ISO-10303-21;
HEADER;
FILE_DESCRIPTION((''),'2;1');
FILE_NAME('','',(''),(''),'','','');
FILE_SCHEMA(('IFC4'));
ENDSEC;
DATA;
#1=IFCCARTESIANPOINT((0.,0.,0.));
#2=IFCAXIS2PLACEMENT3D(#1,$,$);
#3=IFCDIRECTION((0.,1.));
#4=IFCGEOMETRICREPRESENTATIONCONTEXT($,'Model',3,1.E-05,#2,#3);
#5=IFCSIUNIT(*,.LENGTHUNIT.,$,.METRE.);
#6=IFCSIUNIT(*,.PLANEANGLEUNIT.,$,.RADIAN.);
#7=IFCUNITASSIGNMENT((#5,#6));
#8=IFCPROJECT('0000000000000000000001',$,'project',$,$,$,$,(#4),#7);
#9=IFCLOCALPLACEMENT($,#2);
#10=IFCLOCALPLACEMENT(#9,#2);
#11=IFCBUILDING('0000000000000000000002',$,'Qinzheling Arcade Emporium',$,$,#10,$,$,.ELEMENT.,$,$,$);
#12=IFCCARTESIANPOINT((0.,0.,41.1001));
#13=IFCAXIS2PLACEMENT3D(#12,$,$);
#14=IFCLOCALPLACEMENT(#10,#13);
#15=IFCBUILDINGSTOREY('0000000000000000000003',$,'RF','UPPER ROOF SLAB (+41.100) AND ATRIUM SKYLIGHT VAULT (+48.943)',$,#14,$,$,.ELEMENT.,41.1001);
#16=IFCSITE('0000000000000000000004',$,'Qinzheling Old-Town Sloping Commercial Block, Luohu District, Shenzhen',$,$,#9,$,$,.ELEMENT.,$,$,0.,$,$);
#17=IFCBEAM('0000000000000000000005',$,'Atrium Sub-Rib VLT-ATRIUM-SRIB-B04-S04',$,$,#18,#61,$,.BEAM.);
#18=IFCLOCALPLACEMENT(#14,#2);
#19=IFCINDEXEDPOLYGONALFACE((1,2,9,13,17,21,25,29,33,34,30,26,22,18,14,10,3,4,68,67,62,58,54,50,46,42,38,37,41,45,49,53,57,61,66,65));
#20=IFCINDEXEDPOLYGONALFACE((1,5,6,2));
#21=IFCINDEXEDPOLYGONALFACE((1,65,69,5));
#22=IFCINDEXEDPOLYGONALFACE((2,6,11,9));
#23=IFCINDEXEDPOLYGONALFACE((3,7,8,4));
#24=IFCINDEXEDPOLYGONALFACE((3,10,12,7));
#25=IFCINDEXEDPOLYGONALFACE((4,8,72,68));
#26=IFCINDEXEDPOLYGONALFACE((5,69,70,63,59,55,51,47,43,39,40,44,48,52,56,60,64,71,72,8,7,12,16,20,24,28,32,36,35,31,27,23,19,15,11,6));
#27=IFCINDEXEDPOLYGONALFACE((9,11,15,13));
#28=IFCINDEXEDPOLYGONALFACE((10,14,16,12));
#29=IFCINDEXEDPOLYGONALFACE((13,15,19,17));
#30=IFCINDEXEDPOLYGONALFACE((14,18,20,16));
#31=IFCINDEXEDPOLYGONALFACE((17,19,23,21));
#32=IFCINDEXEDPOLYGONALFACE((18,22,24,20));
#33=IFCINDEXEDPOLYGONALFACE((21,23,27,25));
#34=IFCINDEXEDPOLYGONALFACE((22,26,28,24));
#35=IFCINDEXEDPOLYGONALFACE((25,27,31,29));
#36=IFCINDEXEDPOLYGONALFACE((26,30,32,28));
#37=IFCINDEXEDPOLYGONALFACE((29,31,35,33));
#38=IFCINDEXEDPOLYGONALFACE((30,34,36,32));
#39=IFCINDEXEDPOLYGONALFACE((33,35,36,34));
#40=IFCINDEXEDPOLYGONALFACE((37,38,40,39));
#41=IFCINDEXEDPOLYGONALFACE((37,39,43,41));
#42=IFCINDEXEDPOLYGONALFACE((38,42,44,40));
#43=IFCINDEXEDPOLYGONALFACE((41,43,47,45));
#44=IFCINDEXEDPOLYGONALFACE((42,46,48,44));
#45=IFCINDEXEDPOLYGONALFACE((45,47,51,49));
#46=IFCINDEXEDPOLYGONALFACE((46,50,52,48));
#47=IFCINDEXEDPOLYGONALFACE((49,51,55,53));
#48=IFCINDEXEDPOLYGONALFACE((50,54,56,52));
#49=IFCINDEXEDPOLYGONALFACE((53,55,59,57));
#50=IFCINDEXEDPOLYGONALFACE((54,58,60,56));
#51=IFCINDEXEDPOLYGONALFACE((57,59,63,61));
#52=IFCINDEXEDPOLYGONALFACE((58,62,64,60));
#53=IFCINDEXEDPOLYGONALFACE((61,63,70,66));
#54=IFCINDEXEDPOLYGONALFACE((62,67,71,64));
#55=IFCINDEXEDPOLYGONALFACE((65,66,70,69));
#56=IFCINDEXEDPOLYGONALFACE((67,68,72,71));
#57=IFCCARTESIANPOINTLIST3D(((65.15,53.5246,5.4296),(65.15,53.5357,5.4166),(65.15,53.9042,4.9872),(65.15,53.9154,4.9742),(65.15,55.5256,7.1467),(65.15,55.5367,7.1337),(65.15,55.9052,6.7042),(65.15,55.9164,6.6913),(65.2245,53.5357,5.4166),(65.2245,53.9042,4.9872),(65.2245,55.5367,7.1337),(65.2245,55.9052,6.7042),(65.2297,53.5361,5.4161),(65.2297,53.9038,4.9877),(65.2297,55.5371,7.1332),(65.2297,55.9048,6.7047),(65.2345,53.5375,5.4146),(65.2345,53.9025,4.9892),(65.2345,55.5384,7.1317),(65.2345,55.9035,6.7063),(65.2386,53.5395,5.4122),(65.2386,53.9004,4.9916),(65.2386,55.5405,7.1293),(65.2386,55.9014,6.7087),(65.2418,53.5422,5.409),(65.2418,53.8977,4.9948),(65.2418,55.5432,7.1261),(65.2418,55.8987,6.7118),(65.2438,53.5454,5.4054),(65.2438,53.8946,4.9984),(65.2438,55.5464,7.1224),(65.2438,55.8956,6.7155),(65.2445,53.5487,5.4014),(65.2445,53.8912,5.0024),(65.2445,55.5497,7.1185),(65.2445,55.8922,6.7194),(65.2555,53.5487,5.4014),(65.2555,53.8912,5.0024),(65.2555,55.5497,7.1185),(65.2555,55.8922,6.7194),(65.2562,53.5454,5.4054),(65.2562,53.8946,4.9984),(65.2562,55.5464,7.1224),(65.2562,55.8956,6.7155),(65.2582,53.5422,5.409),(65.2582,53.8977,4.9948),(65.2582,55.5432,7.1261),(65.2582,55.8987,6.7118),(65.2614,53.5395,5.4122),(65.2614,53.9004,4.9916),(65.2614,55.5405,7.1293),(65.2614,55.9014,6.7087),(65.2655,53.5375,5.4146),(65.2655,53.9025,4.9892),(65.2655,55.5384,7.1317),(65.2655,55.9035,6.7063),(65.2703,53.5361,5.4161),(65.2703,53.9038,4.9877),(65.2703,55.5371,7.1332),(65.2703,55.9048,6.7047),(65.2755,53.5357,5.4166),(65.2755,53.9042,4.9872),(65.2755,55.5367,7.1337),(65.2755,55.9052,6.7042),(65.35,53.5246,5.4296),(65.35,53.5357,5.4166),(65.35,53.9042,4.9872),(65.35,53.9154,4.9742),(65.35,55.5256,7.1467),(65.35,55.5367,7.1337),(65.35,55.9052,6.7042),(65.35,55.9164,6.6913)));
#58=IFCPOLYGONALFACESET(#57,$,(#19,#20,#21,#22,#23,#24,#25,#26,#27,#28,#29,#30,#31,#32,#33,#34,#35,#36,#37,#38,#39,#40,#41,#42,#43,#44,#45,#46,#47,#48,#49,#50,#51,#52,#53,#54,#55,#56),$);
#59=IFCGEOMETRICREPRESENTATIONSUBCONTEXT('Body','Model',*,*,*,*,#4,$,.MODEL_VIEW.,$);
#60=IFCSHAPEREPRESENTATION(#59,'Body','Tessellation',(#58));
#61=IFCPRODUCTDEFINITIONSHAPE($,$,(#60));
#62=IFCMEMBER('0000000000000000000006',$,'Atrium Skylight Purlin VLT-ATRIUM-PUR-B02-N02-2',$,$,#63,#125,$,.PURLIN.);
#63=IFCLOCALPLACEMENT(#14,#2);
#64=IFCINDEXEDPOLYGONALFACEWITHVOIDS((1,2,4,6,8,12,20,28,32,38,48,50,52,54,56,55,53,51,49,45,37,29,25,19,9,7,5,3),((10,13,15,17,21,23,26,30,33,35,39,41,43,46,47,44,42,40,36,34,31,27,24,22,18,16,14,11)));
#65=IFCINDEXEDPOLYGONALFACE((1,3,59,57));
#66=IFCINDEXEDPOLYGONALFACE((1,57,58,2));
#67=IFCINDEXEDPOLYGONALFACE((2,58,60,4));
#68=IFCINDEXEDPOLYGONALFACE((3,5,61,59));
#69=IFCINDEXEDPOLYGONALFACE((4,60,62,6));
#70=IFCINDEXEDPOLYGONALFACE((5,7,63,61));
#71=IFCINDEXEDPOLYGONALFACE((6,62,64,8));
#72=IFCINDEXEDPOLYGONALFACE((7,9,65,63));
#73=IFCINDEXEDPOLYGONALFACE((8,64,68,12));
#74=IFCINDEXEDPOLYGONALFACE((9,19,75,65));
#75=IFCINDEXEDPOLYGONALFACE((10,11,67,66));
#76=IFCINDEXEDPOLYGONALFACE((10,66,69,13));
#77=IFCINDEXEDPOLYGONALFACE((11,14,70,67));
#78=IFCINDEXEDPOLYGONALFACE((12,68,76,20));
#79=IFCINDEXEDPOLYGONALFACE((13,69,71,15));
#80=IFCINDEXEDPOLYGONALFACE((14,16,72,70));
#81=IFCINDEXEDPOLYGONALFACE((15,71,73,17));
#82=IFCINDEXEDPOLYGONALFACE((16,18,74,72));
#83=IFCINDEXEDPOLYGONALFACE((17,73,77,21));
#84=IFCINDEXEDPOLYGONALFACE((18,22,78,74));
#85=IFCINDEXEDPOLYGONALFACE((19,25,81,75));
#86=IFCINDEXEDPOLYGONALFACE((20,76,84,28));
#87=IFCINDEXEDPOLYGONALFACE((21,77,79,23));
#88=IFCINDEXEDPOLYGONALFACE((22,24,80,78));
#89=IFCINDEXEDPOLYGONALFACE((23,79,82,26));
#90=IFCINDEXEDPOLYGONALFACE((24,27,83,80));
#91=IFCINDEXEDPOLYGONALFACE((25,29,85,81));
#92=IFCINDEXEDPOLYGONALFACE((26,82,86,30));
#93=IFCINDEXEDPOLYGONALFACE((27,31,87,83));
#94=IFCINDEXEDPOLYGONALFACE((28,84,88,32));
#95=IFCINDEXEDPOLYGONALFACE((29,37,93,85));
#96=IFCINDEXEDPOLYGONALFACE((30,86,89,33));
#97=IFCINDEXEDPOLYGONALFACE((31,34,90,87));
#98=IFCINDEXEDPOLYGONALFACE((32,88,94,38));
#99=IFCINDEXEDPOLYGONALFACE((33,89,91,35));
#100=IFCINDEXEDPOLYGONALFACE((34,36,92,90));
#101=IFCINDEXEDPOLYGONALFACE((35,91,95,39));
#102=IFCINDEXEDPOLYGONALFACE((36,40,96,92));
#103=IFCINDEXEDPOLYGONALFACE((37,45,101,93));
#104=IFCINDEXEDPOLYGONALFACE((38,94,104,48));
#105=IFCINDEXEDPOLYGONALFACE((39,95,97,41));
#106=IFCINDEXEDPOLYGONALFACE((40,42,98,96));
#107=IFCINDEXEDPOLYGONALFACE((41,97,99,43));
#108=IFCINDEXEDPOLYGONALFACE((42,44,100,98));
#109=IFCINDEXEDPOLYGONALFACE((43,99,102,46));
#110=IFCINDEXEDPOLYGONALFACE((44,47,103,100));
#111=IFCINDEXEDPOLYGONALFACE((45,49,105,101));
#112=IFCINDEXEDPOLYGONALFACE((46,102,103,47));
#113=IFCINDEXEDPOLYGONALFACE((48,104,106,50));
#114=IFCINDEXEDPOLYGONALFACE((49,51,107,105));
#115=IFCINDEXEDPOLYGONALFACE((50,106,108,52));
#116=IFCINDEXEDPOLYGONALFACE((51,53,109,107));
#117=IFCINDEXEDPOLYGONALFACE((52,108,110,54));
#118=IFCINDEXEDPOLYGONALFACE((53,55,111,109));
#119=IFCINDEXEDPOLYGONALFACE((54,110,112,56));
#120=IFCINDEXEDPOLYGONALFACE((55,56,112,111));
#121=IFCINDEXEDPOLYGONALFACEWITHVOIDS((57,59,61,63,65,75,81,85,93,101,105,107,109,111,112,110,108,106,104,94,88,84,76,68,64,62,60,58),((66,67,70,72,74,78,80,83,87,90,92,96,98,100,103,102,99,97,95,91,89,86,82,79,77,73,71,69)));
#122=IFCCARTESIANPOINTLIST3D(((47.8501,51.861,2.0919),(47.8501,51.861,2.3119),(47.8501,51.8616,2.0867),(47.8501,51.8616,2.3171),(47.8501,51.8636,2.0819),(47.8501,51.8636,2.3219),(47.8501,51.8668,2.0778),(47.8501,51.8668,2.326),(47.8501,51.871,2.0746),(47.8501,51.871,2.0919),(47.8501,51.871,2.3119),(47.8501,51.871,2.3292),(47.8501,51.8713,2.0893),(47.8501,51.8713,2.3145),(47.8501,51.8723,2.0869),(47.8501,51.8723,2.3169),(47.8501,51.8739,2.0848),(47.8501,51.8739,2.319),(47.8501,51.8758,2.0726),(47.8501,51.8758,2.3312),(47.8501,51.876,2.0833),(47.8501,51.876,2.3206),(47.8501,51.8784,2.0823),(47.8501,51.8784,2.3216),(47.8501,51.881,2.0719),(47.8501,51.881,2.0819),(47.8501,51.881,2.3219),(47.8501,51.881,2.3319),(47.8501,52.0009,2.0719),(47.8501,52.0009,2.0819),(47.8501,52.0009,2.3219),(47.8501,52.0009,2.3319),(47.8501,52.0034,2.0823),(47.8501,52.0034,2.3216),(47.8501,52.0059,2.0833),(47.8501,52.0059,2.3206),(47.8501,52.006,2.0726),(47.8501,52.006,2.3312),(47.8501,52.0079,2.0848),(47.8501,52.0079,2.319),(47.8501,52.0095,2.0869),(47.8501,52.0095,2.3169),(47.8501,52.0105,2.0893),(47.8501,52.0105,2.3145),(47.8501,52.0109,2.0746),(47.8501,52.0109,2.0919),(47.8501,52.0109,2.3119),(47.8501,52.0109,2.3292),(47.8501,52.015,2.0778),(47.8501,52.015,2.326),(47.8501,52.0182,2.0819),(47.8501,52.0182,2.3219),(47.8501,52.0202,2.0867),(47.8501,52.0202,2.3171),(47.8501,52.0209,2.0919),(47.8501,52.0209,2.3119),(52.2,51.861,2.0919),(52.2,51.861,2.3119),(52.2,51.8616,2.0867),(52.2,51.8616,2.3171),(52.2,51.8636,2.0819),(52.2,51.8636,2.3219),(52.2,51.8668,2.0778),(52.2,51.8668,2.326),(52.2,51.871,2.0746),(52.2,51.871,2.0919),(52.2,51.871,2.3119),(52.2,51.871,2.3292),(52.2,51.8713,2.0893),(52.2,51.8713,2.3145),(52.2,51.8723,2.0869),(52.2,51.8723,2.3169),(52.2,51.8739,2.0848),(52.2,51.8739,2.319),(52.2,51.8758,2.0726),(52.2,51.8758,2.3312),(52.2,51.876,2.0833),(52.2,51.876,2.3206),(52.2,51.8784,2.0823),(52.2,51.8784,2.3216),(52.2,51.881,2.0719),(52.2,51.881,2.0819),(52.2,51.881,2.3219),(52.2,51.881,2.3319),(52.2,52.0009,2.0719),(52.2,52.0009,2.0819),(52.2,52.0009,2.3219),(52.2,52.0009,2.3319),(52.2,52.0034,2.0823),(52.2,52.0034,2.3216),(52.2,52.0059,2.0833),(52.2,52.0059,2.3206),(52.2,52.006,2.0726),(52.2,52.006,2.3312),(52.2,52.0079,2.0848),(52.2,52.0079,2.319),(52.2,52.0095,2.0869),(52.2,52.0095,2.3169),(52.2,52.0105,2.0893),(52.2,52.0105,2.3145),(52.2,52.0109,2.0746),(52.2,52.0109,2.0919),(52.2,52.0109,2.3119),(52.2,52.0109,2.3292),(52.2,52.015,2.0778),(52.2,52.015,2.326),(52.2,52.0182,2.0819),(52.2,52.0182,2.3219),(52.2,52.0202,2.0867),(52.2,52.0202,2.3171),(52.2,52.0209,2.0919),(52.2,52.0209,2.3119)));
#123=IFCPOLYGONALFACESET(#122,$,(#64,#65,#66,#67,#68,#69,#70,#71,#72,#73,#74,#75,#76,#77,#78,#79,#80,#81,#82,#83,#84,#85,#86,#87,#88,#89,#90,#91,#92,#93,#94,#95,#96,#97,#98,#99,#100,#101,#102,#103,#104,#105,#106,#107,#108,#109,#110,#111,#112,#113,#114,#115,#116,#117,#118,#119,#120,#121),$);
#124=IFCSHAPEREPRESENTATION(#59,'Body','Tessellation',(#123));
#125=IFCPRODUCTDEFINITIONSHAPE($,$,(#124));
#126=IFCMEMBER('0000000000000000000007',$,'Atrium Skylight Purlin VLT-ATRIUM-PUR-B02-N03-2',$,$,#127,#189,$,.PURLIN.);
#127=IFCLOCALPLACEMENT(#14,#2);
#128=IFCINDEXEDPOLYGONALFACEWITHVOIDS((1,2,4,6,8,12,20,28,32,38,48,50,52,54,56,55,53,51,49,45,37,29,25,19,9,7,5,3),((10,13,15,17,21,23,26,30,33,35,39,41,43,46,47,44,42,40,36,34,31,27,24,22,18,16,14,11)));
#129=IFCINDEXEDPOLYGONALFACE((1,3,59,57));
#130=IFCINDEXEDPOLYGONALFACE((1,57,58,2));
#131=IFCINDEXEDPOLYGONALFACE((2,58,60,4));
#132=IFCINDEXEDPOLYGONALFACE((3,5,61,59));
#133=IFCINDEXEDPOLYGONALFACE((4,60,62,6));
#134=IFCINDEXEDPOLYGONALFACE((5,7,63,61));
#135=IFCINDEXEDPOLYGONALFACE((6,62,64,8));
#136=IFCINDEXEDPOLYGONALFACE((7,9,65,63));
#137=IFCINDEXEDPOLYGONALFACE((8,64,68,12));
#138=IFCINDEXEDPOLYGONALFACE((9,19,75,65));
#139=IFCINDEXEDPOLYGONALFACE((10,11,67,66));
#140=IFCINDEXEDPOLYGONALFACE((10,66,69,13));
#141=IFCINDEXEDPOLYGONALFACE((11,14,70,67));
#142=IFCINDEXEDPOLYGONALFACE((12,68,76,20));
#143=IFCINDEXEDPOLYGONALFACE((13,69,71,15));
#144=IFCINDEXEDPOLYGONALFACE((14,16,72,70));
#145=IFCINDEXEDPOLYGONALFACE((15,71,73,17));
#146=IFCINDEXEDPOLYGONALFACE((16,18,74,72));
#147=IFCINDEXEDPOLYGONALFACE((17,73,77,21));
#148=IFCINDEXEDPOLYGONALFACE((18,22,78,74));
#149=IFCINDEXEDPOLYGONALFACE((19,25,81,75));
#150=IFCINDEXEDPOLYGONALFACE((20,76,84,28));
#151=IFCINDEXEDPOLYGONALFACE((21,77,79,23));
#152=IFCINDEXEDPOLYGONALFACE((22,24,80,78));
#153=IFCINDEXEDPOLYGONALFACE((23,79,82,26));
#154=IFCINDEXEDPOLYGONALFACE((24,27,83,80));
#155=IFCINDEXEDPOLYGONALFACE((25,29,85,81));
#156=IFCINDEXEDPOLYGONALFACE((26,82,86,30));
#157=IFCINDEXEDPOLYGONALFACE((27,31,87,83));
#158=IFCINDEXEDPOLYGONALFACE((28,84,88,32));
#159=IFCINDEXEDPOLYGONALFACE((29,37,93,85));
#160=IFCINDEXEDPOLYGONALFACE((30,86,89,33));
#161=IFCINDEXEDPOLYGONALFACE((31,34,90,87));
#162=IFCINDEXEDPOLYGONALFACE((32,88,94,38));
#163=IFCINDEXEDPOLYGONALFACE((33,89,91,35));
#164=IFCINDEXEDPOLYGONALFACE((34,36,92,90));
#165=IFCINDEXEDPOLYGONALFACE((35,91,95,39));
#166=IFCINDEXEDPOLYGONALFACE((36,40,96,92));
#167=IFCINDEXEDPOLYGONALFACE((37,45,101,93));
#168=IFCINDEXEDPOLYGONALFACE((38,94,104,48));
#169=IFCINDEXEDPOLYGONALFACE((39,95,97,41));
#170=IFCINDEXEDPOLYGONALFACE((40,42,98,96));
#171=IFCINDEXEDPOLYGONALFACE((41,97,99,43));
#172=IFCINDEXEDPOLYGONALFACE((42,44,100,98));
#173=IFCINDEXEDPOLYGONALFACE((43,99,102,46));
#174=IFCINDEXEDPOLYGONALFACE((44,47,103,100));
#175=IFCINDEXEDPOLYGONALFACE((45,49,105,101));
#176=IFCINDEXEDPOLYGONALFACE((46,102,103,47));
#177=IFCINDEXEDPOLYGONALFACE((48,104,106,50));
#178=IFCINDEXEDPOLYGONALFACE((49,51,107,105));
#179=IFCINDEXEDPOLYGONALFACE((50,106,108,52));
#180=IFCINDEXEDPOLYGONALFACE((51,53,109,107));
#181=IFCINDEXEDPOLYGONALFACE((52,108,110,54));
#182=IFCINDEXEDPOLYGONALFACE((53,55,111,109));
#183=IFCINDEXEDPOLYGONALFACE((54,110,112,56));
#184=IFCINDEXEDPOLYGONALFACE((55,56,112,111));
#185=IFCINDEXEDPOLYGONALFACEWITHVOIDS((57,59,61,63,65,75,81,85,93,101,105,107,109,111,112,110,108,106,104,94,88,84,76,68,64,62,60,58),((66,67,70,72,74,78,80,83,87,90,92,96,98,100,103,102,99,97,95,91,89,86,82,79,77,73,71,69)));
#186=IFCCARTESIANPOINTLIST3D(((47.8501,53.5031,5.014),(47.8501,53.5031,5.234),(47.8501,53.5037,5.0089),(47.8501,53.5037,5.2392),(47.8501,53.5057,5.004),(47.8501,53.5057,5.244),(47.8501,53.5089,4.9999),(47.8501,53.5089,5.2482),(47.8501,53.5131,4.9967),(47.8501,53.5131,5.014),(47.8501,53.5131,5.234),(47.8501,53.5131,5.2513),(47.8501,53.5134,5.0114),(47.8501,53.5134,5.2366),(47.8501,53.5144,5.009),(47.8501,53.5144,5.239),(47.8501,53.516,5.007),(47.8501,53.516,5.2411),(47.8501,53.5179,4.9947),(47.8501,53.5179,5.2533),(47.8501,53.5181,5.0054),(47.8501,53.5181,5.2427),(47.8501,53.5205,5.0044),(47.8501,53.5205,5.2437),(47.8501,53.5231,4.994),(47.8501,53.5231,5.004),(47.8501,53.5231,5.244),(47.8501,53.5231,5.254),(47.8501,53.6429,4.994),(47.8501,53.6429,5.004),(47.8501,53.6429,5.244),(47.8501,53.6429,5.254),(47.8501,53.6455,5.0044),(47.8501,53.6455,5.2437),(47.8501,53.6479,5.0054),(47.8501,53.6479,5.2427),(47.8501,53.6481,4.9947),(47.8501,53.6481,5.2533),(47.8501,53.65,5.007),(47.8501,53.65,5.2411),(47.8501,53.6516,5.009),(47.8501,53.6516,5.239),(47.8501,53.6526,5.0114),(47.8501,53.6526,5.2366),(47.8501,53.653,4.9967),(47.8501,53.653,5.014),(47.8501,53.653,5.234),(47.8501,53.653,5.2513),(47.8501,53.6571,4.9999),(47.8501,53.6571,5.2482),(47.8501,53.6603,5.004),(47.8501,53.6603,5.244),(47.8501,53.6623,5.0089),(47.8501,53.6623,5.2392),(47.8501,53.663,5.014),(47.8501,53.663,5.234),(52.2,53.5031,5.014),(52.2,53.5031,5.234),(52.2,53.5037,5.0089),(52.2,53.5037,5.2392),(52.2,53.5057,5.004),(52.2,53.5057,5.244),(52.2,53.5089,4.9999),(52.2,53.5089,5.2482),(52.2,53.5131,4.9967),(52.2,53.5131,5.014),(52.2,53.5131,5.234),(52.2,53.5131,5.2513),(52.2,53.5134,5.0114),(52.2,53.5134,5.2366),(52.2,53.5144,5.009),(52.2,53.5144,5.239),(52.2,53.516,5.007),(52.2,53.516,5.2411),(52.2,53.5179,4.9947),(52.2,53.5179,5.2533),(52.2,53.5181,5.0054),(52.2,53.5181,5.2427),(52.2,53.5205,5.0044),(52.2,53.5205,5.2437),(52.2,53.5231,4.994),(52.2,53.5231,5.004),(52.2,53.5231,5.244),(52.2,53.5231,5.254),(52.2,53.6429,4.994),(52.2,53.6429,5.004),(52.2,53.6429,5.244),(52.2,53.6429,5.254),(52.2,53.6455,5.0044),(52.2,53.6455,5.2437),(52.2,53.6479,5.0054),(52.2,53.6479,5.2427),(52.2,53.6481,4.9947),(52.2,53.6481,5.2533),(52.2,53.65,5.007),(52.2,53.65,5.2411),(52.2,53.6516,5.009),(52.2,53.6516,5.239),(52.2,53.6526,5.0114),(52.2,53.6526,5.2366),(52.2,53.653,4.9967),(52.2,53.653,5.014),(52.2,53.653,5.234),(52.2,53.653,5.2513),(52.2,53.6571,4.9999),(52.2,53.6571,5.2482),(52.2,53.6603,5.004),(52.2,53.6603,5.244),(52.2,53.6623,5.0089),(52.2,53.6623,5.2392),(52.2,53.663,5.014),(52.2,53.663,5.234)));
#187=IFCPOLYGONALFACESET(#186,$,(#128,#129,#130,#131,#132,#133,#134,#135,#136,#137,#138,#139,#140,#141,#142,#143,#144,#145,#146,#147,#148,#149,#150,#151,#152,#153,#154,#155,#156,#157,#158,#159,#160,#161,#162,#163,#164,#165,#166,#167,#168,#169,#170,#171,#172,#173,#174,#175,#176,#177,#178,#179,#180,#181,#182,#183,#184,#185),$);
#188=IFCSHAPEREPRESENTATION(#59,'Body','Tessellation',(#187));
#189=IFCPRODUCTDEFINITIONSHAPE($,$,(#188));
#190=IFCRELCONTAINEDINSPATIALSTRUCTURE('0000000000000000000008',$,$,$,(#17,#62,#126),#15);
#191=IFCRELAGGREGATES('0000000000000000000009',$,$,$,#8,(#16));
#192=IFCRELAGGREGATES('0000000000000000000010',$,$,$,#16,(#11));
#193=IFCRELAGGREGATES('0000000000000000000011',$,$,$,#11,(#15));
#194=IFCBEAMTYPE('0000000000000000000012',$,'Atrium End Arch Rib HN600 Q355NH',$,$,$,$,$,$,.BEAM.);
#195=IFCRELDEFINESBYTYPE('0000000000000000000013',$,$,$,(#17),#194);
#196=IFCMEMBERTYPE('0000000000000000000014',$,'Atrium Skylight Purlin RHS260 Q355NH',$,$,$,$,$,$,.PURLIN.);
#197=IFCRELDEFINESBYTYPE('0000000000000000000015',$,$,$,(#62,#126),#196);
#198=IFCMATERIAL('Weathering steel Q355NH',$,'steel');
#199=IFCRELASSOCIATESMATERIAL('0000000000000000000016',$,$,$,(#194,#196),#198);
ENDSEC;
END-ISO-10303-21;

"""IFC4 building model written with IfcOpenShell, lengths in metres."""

from ifc_helpers import new_model, si_unit, direction, frame, origin, origin_2d, place, context, subcontext, project, spatial, hollow_rectangle, i_section, extrude, material, material_profile, profile_set, type_object, element, save


model = new_model("IFC4")

# Units and contexts
model_context = context("Model", 3, precision=1e-05, world=origin(), true_north=direction((0.0, 1.0)))
body_context = subcontext(model_context, "Body", "Model", "MODEL_VIEW")
ifc_project = project(units=[si_unit("LENGTHUNIT", "METRE"), si_unit("PLANEANGLEUNIT", "RADIAN")], contexts=[model_context])

# Site, building, storey
site_placement = place(None, origin())
site = spatial("IfcSite", under=ifc_project, at=site_placement, Name="Qinzheling Old-Town Sloping Commercial Block, Luohu District, Shenzhen", CompositionType="ELEMENT", RefElevation=0.0)
building_placement = place(site_placement, origin())
building = spatial("IfcBuilding", under=site, at=building_placement, Name="Qinzheling Arcade Emporium", CompositionType="ELEMENT")
storey_placement = place(building_placement, frame((0.0, 0.0, 41.1001)))
storey = spatial("IfcBuildingStorey", under=building, at=storey_placement, Name="RF", Description="UPPER ROOF SLAB (+41.100) AND ATRIUM SKYLIGHT VAULT (+48.943)", CompositionType="ELEMENT", Elevation=41.1001)

# Beam
ifc_material_1 = material(Name="Weathering steel Q355NH", Category="steel")
ifc_material_profile_1 = material_profile(ifc_material_1, i_section(OverallWidth=0.2, OverallDepth=0.6001, WebThickness=0.011, FlangeThickness=0.0171, FilletRadius=0.02, at=origin_2d()), Name="HN 600x200x11x17", Category="steel")
ifc_profile_set_1 = profile_set([ifc_material_profile_1], Name="Weathering steel Q355NH")
beam_type_1 = type_object("IfcBeamType", Name="Atrium End Arch Rib HN600 Q355NH", PredefinedType="BEAM", material=ifc_profile_set_1)
beam_1_placement = place(storey_placement, frame((65.25, 53.72, 5.2019), z_axis=(0.0, 0.758897, 0.651211), x_axis=(-1.0, 0.0, 0.0)))
element("IfcBeam", 1, at=beam_1_placement, inside=storey, type_object=beam_type_1, Name="Atrium Sub-Rib VLT-ATRIUM-SRIB-B04-S04", PredefinedType="BEAM", context=body_context, shape_type="SweptSolid", body=[
    extrude(i_section(OverallWidth=0.2, OverallDepth=0.6001, WebThickness=0.011, FlangeThickness=0.0171, FilletRadius=0.02, at=origin_2d()), origin(), (0.0, 0.0, 1.0), 2.6367),
])

# Members
ifc_material_profile_2 = material_profile(ifc_material_1, hollow_rectangle(XDim=0.1599, YDim=0.26, WallThickness=0.01, InnerFilletRadius=0.01, OuterFilletRadius=0.02, at=origin_2d()), Name="RHS 260x160x10", Category="steel")
ifc_profile_set_2 = profile_set([ifc_material_profile_2], Name="Weathering steel Q355NH")
member_type = type_object("IfcMemberType", Name="Atrium Skylight Purlin RHS260 Q355NH", PredefinedType="PURLIN", material=ifc_profile_set_2)
for number, where, z_axis, x_axis, name in (
    (2, (47.8501, 51.9409, 2.2019), (1.0, 0.0, 0.0), (0.0, 1.0, 0.0), "Atrium Skylight Purlin VLT-ATRIUM-PUR-B02-N02-2"),
    (3, (47.8501, 53.583, 5.124), (1.0, 0.0, 0.0), (0.0, 1.0, 0.0), "Atrium Skylight Purlin VLT-ATRIUM-PUR-B02-N03-2"),
):
    element("IfcMember", number, at=place(storey_placement, frame(where, z_axis=z_axis, x_axis=x_axis)), inside=storey, type_object=member_type, Name=name, PredefinedType="PURLIN", context=body_context, shape_type="SweptSolid", body=[
        extrude(hollow_rectangle(XDim=0.1599, YDim=0.26, WallThickness=0.01, InnerFilletRadius=0.01, OuterFilletRadius=0.02, at=origin_2d()), origin(), (0.0, 0.0, 1.0), 4.3499),
    ])

save(model, "model.ifc")
